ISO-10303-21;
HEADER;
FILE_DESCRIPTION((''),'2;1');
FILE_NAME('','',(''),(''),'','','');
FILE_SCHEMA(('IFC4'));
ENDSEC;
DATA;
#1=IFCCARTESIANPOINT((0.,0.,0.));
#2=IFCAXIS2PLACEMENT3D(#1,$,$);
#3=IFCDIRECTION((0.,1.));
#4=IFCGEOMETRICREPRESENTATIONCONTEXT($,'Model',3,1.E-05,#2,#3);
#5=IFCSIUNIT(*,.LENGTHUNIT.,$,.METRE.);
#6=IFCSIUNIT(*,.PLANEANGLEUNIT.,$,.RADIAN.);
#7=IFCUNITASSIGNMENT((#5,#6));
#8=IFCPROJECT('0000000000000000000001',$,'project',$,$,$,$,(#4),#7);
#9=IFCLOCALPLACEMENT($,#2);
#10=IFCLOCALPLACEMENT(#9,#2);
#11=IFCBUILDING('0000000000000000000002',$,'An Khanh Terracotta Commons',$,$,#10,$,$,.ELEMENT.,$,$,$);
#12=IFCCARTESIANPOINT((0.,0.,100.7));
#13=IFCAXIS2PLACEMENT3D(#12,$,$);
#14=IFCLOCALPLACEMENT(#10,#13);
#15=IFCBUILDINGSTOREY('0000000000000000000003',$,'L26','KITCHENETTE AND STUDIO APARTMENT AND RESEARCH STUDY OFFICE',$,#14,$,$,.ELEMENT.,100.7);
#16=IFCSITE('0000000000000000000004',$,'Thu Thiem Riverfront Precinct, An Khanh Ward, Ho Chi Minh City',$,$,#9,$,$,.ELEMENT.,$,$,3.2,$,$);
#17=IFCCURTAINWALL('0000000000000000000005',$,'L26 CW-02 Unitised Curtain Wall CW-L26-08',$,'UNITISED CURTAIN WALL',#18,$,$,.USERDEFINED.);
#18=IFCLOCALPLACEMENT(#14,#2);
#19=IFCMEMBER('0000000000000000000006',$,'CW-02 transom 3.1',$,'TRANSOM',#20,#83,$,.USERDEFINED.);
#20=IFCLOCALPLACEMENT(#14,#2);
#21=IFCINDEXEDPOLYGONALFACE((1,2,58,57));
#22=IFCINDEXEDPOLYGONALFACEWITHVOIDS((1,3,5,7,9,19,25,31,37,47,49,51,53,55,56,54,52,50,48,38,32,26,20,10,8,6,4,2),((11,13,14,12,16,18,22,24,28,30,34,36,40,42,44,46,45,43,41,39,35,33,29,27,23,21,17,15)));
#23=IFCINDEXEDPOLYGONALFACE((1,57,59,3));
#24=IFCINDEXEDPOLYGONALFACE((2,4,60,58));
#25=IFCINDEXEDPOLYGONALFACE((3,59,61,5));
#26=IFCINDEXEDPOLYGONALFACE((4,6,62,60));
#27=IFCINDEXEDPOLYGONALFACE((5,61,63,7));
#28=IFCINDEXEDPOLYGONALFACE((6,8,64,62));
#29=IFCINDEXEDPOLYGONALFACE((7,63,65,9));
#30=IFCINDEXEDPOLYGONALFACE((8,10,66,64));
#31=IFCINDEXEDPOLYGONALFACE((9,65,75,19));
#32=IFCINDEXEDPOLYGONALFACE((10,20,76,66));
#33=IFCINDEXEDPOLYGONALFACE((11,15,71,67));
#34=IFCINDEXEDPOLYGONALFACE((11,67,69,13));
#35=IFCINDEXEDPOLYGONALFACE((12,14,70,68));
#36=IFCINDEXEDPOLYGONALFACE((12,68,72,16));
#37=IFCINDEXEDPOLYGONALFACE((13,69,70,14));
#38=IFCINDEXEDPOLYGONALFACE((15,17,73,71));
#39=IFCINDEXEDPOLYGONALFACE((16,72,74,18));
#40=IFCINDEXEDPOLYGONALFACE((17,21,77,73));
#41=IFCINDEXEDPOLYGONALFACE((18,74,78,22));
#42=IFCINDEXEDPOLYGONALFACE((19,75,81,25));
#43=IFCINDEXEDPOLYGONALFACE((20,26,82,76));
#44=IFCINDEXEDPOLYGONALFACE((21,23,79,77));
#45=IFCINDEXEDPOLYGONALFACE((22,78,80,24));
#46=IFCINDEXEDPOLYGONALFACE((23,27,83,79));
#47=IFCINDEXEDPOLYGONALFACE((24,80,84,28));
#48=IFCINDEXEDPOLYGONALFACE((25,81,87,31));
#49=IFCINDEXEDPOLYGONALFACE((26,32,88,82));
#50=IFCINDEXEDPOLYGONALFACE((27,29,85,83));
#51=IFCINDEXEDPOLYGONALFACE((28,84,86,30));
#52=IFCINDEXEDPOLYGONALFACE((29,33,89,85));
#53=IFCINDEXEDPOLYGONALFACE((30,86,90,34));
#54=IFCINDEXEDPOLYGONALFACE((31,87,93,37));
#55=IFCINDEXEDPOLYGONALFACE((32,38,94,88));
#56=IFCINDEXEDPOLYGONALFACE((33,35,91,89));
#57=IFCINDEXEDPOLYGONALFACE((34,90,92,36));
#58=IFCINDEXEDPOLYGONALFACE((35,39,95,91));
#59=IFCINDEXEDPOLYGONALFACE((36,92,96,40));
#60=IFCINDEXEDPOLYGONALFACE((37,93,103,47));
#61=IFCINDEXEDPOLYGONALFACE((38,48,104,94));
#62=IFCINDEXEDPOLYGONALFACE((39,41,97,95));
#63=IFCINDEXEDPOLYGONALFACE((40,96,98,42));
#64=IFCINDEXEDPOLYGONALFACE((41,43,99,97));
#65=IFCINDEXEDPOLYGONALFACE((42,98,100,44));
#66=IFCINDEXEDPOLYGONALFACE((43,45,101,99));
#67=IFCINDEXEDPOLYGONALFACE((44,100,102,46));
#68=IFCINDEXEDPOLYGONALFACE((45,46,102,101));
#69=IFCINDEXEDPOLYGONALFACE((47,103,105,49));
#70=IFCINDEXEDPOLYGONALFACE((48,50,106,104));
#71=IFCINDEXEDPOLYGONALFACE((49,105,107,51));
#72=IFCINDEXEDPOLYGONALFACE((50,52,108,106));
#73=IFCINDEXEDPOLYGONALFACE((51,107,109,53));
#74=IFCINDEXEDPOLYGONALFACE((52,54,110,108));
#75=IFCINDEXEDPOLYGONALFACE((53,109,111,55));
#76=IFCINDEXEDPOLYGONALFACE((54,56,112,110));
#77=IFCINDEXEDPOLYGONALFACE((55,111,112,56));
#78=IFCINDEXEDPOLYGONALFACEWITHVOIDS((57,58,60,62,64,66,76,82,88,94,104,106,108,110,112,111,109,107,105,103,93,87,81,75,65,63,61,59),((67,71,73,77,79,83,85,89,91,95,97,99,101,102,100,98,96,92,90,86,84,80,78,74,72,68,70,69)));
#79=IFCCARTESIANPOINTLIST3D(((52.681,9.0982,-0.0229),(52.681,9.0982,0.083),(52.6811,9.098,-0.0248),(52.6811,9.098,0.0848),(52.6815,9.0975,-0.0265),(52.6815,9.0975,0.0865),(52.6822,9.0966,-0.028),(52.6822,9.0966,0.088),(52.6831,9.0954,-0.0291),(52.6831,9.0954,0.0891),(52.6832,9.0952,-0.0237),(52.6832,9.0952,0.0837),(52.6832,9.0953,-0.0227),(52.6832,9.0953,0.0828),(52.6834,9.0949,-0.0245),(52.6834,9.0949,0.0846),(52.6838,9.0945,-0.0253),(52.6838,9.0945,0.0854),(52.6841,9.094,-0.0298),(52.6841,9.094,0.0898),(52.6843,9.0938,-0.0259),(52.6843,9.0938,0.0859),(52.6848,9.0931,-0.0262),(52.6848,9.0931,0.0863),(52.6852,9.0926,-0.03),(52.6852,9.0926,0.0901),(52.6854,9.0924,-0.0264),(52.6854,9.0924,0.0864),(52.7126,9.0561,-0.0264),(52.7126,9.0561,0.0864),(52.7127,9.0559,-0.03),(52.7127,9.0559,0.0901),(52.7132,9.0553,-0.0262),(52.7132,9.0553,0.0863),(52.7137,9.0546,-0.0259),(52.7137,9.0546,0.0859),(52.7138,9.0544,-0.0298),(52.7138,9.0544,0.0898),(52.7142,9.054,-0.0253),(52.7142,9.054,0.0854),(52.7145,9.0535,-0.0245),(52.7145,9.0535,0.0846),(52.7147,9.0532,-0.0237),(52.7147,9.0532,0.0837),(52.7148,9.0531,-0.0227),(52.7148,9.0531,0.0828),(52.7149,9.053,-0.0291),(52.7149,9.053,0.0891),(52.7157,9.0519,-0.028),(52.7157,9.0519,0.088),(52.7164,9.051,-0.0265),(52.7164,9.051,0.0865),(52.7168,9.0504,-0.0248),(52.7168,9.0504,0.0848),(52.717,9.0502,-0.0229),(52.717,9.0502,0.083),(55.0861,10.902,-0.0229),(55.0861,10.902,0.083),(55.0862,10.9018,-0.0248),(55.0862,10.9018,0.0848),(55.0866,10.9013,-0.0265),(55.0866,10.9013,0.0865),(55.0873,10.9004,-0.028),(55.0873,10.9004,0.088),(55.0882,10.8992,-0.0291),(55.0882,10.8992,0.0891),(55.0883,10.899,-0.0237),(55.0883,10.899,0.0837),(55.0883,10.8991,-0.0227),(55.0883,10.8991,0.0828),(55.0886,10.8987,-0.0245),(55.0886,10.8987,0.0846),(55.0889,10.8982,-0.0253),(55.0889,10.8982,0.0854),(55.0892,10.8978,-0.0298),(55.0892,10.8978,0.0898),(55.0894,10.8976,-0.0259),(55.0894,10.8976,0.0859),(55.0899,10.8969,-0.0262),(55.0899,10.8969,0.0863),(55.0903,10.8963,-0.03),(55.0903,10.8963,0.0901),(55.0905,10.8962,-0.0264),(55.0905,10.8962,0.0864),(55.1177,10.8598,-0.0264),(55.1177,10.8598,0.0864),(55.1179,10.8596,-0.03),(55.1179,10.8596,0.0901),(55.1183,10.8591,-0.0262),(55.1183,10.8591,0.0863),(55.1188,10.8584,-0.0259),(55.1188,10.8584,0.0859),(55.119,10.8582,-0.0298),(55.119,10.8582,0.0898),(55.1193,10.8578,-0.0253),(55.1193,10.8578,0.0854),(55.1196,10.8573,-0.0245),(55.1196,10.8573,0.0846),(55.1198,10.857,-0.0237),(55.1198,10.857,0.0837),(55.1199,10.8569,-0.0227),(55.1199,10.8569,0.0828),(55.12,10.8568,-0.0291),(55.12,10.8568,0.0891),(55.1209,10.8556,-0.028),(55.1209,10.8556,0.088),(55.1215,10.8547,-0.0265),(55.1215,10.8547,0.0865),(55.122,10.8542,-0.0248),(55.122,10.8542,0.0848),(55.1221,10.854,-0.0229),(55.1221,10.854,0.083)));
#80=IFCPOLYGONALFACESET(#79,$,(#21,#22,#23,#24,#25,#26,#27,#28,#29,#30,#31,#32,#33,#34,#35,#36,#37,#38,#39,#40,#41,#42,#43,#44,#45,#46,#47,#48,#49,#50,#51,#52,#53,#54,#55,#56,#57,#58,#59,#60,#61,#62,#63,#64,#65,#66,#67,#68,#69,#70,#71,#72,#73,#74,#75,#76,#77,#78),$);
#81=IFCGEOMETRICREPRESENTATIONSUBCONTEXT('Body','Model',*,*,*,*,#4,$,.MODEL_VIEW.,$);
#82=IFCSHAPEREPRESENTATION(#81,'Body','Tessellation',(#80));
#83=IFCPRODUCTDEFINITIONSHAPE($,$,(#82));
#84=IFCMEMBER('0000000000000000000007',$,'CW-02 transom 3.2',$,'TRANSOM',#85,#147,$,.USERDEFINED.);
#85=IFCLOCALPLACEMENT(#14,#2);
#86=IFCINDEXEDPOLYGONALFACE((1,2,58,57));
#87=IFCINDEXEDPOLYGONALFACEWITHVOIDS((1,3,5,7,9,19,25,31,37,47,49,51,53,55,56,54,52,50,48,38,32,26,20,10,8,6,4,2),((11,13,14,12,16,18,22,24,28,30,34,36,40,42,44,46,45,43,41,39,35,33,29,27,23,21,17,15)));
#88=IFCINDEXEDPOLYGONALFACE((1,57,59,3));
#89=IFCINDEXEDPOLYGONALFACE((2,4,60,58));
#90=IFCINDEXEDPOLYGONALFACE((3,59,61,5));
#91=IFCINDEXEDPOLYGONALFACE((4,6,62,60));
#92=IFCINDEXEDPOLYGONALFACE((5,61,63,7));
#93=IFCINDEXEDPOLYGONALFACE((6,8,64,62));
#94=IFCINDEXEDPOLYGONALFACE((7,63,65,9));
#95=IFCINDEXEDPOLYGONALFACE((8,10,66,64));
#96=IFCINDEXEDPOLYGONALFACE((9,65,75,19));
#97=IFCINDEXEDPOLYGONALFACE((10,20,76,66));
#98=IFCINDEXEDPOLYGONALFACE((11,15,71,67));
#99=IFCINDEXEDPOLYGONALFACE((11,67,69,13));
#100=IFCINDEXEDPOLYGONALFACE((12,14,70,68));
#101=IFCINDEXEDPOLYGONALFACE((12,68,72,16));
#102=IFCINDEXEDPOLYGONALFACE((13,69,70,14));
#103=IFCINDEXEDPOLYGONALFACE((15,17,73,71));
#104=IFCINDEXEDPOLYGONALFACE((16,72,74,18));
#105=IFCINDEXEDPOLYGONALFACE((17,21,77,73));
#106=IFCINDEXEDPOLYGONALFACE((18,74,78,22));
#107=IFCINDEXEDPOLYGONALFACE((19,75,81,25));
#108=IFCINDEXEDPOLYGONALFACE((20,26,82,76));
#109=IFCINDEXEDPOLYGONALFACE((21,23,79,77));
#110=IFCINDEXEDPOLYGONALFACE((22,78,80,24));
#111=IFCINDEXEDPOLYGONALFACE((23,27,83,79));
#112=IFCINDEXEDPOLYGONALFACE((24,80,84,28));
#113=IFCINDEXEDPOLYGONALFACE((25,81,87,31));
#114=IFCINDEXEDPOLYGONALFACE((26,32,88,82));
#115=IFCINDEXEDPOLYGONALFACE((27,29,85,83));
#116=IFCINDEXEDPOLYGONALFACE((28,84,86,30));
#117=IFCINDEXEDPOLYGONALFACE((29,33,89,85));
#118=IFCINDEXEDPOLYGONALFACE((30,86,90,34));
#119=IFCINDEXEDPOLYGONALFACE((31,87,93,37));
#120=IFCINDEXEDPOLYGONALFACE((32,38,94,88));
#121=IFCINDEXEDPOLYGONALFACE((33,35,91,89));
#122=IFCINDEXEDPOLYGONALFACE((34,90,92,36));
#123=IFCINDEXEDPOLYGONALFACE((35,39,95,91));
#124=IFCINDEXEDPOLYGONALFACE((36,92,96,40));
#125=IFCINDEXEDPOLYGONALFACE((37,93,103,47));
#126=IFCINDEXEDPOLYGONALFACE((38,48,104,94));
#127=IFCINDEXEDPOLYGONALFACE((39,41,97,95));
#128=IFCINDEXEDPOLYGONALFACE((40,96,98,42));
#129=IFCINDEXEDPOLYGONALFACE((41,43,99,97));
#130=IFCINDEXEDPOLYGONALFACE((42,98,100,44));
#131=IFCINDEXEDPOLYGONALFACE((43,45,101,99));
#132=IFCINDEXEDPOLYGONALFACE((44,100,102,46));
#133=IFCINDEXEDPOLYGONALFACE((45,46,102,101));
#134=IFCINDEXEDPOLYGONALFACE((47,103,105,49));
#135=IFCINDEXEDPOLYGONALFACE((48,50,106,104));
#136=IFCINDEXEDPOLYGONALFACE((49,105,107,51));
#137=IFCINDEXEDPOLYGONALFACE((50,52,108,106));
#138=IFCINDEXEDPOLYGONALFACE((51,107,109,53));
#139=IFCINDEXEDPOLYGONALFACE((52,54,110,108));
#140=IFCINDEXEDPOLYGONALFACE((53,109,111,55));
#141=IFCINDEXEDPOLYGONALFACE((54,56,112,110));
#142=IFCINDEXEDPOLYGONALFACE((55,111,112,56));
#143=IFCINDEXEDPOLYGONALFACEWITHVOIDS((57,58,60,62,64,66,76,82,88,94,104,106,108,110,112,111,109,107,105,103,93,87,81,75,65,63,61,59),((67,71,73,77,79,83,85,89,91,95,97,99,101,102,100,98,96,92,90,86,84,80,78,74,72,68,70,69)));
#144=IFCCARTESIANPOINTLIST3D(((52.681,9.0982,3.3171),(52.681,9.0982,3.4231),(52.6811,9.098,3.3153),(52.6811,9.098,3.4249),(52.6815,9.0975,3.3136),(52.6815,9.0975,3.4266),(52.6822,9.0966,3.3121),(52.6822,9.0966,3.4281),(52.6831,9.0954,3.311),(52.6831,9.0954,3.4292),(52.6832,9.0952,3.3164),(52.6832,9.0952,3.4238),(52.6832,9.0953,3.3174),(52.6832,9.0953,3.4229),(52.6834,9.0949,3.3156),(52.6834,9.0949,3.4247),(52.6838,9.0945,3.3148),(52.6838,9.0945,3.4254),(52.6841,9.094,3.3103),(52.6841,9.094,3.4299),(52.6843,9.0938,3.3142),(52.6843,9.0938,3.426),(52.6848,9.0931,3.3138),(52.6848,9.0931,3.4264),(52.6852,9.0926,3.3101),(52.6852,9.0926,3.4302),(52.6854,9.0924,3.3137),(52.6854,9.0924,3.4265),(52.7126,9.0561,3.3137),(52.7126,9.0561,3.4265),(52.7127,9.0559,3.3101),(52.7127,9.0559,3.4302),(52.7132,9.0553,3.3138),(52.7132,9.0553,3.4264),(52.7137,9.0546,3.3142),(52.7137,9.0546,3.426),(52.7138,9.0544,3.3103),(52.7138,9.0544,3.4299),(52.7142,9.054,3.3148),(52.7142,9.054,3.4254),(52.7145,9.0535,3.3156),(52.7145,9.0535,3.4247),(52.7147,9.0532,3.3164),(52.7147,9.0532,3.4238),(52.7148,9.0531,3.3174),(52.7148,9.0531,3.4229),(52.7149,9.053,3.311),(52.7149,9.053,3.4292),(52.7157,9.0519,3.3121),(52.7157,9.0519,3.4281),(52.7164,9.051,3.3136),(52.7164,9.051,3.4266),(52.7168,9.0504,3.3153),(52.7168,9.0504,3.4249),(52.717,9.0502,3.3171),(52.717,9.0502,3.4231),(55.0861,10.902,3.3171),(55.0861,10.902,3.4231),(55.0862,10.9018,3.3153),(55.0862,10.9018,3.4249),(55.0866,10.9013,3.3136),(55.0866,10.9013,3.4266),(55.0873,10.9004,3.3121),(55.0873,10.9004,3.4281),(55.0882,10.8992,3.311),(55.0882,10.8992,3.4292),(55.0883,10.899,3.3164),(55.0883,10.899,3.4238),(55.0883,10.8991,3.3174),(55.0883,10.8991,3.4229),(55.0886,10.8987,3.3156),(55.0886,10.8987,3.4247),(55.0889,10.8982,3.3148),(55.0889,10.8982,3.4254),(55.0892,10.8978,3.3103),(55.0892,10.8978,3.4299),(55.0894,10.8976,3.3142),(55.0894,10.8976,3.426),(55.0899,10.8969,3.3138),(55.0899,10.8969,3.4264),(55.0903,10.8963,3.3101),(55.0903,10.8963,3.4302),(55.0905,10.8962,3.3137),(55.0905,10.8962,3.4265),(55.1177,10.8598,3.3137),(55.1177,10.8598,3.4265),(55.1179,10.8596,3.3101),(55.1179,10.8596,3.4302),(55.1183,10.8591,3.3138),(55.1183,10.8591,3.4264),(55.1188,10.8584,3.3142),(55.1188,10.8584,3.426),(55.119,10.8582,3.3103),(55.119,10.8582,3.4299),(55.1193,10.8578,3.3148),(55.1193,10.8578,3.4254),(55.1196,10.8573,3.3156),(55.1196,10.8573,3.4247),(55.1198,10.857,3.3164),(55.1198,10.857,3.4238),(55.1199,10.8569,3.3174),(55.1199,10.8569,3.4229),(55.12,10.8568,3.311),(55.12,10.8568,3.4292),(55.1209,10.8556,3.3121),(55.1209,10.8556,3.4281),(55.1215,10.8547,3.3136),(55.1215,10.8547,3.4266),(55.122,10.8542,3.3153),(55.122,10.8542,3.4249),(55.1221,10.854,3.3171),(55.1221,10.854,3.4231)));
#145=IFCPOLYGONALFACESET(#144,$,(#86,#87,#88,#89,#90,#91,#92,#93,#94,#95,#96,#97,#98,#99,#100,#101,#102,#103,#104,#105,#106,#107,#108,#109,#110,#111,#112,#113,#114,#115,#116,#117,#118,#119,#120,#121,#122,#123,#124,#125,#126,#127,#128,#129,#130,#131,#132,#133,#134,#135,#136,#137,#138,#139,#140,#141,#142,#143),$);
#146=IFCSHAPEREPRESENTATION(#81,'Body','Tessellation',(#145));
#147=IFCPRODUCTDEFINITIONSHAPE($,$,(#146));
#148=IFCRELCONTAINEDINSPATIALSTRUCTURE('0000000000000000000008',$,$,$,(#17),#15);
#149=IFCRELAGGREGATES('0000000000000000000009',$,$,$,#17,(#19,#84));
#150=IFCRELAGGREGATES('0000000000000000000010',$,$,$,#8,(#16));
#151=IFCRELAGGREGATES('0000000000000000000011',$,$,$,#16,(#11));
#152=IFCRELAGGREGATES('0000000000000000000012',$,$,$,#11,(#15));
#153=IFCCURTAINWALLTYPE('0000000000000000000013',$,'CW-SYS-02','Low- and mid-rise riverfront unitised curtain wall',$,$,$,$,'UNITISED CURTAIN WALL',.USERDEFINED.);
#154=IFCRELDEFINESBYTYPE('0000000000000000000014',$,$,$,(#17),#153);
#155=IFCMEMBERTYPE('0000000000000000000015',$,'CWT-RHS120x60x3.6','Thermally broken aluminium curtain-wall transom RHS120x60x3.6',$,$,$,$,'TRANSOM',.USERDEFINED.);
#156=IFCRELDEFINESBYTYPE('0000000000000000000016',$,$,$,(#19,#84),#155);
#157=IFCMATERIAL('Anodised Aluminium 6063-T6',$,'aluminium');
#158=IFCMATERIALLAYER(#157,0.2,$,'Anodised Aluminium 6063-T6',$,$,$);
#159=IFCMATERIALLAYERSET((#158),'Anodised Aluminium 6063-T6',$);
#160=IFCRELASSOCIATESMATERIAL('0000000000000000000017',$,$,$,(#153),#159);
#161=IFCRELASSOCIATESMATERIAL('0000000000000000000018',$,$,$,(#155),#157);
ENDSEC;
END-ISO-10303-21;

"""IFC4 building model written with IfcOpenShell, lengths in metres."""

from ifc_helpers import new_model, si_unit, direction, frame, origin, origin_2d, place, context, subcontext, project, spatial, hollow_rectangle, extrude, material, layer, layer_set, material_profile, profile_set, type_object, element, aggregate, save


model = new_model("IFC4")

# Units and contexts
model_context = context("Model", 3, precision=1e-05, world=origin(), true_north=direction((0.0, 1.0)))
body_context = subcontext(model_context, "Body", "Model", "MODEL_VIEW")
ifc_project = project(units=[si_unit("LENGTHUNIT", "METRE"), si_unit("PLANEANGLEUNIT", "RADIAN")], contexts=[model_context])

# Site, building, storey
site_placement = place(None, origin())
site = spatial("IfcSite", under=ifc_project, at=site_placement, Name="Thu Thiem Riverfront Precinct, An Khanh Ward, Ho Chi Minh City", CompositionType="ELEMENT", RefElevation=3.2)
building_placement = place(site_placement, origin())
building = spatial("IfcBuilding", under=site, at=building_placement, Name="An Khanh Terracotta Commons", CompositionType="ELEMENT")
storey_placement = place(building_placement, frame((0.0, 0.0, 100.7)))
storey = spatial("IfcBuildingStorey", under=building, at=storey_placement, Name="L26", Description="KITCHENETTE AND STUDIO APARTMENT AND RESEARCH STUDY OFFICE", CompositionType="ELEMENT", Elevation=100.7)

# Curtain wall
ifc_material_1 = material(Name="Anodised Aluminium 6063-T6", Category="aluminium")
ifc_layer_1 = layer(ifc_material_1, 0.2, Name="Anodised Aluminium 6063-T6")
ifc_layer_set_1 = layer_set([ifc_layer_1], Name="Anodised Aluminium 6063-T6")
curtain_wall_type = type_object("IfcCurtainWallType", Name="CW-SYS-02", Description="Low- and mid-rise riverfront unitised curtain wall", ElementType="UNITISED CURTAIN WALL", PredefinedType="USERDEFINED", material=ifc_layer_set_1)
curtain_wall_1_placement = place(storey_placement, origin())
curtain_wall_1 = element("IfcCurtainWall", 1, at=curtain_wall_1_placement, inside=storey, type_object=curtain_wall_type, Name="L26 CW-02 Unitised Curtain Wall CW-L26-08", ObjectType="UNITISED CURTAIN WALL", PredefinedType="USERDEFINED")

# Members
ifc_material_profile_1 = material_profile(ifc_material_1, hollow_rectangle(XDim=0.0601, YDim=0.1201, WallThickness=0.0037, InnerFilletRadius=0.0037, OuterFilletRadius=0.0071, at=origin_2d()), Name="RHS120x60x3.6")
ifc_profile_set_1 = profile_set([ifc_material_profile_1], Name="Anodised Aluminium 6063-T6")
member_type_1 = type_object("IfcMemberType", Name="CWT-RHS120x60x3.6", Description="Thermally broken aluminium curtain-wall transom RHS120x60x3.6", ElementType="TRANSOM", PredefinedType="USERDEFINED", material=ifc_profile_set_1)
member_1_placement = place(storey_placement, frame((52.699, 9.0742, 0.03), z_axis=(0.80001, 0.599987, 0.0), x_axis=(-0.599987, 0.80001, 0.0)))
member_1 = element("IfcMember", 2, at=member_1_placement, type_object=member_type_1, Name="CW-02 transom 3.1", ObjectType="TRANSOM", PredefinedType="USERDEFINED", context=body_context, shape_type="SweptSolid", body=[
    extrude(hollow_rectangle(XDim=0.0601, YDim=0.1201, WallThickness=0.0037, InnerFilletRadius=0.0037, OuterFilletRadius=0.0071, at=origin_2d()), origin(), (0.0, 0.0, 1.0), 3.0063),
])
member_2_placement = place(storey_placement, frame((52.699, 9.0742, 3.3701), z_axis=(0.80001, 0.599987, 0.0), x_axis=(-0.599987, 0.80001, 0.0)))
member_2 = element("IfcMember", 3, at=member_2_placement, type_object=member_type_1, Name="CW-02 transom 3.2", ObjectType="TRANSOM", PredefinedType="USERDEFINED", context=body_context, shape_type="SweptSolid", body=[
    extrude(hollow_rectangle(XDim=0.0601, YDim=0.1201, WallThickness=0.0037, InnerFilletRadius=0.0037, OuterFilletRadius=0.0071, at=origin_2d()), origin(), (0.0, 0.0, 1.0), 3.0063),
])

aggregate(curtain_wall_1, [member_1, member_2])

save(model, "model.ifc")
